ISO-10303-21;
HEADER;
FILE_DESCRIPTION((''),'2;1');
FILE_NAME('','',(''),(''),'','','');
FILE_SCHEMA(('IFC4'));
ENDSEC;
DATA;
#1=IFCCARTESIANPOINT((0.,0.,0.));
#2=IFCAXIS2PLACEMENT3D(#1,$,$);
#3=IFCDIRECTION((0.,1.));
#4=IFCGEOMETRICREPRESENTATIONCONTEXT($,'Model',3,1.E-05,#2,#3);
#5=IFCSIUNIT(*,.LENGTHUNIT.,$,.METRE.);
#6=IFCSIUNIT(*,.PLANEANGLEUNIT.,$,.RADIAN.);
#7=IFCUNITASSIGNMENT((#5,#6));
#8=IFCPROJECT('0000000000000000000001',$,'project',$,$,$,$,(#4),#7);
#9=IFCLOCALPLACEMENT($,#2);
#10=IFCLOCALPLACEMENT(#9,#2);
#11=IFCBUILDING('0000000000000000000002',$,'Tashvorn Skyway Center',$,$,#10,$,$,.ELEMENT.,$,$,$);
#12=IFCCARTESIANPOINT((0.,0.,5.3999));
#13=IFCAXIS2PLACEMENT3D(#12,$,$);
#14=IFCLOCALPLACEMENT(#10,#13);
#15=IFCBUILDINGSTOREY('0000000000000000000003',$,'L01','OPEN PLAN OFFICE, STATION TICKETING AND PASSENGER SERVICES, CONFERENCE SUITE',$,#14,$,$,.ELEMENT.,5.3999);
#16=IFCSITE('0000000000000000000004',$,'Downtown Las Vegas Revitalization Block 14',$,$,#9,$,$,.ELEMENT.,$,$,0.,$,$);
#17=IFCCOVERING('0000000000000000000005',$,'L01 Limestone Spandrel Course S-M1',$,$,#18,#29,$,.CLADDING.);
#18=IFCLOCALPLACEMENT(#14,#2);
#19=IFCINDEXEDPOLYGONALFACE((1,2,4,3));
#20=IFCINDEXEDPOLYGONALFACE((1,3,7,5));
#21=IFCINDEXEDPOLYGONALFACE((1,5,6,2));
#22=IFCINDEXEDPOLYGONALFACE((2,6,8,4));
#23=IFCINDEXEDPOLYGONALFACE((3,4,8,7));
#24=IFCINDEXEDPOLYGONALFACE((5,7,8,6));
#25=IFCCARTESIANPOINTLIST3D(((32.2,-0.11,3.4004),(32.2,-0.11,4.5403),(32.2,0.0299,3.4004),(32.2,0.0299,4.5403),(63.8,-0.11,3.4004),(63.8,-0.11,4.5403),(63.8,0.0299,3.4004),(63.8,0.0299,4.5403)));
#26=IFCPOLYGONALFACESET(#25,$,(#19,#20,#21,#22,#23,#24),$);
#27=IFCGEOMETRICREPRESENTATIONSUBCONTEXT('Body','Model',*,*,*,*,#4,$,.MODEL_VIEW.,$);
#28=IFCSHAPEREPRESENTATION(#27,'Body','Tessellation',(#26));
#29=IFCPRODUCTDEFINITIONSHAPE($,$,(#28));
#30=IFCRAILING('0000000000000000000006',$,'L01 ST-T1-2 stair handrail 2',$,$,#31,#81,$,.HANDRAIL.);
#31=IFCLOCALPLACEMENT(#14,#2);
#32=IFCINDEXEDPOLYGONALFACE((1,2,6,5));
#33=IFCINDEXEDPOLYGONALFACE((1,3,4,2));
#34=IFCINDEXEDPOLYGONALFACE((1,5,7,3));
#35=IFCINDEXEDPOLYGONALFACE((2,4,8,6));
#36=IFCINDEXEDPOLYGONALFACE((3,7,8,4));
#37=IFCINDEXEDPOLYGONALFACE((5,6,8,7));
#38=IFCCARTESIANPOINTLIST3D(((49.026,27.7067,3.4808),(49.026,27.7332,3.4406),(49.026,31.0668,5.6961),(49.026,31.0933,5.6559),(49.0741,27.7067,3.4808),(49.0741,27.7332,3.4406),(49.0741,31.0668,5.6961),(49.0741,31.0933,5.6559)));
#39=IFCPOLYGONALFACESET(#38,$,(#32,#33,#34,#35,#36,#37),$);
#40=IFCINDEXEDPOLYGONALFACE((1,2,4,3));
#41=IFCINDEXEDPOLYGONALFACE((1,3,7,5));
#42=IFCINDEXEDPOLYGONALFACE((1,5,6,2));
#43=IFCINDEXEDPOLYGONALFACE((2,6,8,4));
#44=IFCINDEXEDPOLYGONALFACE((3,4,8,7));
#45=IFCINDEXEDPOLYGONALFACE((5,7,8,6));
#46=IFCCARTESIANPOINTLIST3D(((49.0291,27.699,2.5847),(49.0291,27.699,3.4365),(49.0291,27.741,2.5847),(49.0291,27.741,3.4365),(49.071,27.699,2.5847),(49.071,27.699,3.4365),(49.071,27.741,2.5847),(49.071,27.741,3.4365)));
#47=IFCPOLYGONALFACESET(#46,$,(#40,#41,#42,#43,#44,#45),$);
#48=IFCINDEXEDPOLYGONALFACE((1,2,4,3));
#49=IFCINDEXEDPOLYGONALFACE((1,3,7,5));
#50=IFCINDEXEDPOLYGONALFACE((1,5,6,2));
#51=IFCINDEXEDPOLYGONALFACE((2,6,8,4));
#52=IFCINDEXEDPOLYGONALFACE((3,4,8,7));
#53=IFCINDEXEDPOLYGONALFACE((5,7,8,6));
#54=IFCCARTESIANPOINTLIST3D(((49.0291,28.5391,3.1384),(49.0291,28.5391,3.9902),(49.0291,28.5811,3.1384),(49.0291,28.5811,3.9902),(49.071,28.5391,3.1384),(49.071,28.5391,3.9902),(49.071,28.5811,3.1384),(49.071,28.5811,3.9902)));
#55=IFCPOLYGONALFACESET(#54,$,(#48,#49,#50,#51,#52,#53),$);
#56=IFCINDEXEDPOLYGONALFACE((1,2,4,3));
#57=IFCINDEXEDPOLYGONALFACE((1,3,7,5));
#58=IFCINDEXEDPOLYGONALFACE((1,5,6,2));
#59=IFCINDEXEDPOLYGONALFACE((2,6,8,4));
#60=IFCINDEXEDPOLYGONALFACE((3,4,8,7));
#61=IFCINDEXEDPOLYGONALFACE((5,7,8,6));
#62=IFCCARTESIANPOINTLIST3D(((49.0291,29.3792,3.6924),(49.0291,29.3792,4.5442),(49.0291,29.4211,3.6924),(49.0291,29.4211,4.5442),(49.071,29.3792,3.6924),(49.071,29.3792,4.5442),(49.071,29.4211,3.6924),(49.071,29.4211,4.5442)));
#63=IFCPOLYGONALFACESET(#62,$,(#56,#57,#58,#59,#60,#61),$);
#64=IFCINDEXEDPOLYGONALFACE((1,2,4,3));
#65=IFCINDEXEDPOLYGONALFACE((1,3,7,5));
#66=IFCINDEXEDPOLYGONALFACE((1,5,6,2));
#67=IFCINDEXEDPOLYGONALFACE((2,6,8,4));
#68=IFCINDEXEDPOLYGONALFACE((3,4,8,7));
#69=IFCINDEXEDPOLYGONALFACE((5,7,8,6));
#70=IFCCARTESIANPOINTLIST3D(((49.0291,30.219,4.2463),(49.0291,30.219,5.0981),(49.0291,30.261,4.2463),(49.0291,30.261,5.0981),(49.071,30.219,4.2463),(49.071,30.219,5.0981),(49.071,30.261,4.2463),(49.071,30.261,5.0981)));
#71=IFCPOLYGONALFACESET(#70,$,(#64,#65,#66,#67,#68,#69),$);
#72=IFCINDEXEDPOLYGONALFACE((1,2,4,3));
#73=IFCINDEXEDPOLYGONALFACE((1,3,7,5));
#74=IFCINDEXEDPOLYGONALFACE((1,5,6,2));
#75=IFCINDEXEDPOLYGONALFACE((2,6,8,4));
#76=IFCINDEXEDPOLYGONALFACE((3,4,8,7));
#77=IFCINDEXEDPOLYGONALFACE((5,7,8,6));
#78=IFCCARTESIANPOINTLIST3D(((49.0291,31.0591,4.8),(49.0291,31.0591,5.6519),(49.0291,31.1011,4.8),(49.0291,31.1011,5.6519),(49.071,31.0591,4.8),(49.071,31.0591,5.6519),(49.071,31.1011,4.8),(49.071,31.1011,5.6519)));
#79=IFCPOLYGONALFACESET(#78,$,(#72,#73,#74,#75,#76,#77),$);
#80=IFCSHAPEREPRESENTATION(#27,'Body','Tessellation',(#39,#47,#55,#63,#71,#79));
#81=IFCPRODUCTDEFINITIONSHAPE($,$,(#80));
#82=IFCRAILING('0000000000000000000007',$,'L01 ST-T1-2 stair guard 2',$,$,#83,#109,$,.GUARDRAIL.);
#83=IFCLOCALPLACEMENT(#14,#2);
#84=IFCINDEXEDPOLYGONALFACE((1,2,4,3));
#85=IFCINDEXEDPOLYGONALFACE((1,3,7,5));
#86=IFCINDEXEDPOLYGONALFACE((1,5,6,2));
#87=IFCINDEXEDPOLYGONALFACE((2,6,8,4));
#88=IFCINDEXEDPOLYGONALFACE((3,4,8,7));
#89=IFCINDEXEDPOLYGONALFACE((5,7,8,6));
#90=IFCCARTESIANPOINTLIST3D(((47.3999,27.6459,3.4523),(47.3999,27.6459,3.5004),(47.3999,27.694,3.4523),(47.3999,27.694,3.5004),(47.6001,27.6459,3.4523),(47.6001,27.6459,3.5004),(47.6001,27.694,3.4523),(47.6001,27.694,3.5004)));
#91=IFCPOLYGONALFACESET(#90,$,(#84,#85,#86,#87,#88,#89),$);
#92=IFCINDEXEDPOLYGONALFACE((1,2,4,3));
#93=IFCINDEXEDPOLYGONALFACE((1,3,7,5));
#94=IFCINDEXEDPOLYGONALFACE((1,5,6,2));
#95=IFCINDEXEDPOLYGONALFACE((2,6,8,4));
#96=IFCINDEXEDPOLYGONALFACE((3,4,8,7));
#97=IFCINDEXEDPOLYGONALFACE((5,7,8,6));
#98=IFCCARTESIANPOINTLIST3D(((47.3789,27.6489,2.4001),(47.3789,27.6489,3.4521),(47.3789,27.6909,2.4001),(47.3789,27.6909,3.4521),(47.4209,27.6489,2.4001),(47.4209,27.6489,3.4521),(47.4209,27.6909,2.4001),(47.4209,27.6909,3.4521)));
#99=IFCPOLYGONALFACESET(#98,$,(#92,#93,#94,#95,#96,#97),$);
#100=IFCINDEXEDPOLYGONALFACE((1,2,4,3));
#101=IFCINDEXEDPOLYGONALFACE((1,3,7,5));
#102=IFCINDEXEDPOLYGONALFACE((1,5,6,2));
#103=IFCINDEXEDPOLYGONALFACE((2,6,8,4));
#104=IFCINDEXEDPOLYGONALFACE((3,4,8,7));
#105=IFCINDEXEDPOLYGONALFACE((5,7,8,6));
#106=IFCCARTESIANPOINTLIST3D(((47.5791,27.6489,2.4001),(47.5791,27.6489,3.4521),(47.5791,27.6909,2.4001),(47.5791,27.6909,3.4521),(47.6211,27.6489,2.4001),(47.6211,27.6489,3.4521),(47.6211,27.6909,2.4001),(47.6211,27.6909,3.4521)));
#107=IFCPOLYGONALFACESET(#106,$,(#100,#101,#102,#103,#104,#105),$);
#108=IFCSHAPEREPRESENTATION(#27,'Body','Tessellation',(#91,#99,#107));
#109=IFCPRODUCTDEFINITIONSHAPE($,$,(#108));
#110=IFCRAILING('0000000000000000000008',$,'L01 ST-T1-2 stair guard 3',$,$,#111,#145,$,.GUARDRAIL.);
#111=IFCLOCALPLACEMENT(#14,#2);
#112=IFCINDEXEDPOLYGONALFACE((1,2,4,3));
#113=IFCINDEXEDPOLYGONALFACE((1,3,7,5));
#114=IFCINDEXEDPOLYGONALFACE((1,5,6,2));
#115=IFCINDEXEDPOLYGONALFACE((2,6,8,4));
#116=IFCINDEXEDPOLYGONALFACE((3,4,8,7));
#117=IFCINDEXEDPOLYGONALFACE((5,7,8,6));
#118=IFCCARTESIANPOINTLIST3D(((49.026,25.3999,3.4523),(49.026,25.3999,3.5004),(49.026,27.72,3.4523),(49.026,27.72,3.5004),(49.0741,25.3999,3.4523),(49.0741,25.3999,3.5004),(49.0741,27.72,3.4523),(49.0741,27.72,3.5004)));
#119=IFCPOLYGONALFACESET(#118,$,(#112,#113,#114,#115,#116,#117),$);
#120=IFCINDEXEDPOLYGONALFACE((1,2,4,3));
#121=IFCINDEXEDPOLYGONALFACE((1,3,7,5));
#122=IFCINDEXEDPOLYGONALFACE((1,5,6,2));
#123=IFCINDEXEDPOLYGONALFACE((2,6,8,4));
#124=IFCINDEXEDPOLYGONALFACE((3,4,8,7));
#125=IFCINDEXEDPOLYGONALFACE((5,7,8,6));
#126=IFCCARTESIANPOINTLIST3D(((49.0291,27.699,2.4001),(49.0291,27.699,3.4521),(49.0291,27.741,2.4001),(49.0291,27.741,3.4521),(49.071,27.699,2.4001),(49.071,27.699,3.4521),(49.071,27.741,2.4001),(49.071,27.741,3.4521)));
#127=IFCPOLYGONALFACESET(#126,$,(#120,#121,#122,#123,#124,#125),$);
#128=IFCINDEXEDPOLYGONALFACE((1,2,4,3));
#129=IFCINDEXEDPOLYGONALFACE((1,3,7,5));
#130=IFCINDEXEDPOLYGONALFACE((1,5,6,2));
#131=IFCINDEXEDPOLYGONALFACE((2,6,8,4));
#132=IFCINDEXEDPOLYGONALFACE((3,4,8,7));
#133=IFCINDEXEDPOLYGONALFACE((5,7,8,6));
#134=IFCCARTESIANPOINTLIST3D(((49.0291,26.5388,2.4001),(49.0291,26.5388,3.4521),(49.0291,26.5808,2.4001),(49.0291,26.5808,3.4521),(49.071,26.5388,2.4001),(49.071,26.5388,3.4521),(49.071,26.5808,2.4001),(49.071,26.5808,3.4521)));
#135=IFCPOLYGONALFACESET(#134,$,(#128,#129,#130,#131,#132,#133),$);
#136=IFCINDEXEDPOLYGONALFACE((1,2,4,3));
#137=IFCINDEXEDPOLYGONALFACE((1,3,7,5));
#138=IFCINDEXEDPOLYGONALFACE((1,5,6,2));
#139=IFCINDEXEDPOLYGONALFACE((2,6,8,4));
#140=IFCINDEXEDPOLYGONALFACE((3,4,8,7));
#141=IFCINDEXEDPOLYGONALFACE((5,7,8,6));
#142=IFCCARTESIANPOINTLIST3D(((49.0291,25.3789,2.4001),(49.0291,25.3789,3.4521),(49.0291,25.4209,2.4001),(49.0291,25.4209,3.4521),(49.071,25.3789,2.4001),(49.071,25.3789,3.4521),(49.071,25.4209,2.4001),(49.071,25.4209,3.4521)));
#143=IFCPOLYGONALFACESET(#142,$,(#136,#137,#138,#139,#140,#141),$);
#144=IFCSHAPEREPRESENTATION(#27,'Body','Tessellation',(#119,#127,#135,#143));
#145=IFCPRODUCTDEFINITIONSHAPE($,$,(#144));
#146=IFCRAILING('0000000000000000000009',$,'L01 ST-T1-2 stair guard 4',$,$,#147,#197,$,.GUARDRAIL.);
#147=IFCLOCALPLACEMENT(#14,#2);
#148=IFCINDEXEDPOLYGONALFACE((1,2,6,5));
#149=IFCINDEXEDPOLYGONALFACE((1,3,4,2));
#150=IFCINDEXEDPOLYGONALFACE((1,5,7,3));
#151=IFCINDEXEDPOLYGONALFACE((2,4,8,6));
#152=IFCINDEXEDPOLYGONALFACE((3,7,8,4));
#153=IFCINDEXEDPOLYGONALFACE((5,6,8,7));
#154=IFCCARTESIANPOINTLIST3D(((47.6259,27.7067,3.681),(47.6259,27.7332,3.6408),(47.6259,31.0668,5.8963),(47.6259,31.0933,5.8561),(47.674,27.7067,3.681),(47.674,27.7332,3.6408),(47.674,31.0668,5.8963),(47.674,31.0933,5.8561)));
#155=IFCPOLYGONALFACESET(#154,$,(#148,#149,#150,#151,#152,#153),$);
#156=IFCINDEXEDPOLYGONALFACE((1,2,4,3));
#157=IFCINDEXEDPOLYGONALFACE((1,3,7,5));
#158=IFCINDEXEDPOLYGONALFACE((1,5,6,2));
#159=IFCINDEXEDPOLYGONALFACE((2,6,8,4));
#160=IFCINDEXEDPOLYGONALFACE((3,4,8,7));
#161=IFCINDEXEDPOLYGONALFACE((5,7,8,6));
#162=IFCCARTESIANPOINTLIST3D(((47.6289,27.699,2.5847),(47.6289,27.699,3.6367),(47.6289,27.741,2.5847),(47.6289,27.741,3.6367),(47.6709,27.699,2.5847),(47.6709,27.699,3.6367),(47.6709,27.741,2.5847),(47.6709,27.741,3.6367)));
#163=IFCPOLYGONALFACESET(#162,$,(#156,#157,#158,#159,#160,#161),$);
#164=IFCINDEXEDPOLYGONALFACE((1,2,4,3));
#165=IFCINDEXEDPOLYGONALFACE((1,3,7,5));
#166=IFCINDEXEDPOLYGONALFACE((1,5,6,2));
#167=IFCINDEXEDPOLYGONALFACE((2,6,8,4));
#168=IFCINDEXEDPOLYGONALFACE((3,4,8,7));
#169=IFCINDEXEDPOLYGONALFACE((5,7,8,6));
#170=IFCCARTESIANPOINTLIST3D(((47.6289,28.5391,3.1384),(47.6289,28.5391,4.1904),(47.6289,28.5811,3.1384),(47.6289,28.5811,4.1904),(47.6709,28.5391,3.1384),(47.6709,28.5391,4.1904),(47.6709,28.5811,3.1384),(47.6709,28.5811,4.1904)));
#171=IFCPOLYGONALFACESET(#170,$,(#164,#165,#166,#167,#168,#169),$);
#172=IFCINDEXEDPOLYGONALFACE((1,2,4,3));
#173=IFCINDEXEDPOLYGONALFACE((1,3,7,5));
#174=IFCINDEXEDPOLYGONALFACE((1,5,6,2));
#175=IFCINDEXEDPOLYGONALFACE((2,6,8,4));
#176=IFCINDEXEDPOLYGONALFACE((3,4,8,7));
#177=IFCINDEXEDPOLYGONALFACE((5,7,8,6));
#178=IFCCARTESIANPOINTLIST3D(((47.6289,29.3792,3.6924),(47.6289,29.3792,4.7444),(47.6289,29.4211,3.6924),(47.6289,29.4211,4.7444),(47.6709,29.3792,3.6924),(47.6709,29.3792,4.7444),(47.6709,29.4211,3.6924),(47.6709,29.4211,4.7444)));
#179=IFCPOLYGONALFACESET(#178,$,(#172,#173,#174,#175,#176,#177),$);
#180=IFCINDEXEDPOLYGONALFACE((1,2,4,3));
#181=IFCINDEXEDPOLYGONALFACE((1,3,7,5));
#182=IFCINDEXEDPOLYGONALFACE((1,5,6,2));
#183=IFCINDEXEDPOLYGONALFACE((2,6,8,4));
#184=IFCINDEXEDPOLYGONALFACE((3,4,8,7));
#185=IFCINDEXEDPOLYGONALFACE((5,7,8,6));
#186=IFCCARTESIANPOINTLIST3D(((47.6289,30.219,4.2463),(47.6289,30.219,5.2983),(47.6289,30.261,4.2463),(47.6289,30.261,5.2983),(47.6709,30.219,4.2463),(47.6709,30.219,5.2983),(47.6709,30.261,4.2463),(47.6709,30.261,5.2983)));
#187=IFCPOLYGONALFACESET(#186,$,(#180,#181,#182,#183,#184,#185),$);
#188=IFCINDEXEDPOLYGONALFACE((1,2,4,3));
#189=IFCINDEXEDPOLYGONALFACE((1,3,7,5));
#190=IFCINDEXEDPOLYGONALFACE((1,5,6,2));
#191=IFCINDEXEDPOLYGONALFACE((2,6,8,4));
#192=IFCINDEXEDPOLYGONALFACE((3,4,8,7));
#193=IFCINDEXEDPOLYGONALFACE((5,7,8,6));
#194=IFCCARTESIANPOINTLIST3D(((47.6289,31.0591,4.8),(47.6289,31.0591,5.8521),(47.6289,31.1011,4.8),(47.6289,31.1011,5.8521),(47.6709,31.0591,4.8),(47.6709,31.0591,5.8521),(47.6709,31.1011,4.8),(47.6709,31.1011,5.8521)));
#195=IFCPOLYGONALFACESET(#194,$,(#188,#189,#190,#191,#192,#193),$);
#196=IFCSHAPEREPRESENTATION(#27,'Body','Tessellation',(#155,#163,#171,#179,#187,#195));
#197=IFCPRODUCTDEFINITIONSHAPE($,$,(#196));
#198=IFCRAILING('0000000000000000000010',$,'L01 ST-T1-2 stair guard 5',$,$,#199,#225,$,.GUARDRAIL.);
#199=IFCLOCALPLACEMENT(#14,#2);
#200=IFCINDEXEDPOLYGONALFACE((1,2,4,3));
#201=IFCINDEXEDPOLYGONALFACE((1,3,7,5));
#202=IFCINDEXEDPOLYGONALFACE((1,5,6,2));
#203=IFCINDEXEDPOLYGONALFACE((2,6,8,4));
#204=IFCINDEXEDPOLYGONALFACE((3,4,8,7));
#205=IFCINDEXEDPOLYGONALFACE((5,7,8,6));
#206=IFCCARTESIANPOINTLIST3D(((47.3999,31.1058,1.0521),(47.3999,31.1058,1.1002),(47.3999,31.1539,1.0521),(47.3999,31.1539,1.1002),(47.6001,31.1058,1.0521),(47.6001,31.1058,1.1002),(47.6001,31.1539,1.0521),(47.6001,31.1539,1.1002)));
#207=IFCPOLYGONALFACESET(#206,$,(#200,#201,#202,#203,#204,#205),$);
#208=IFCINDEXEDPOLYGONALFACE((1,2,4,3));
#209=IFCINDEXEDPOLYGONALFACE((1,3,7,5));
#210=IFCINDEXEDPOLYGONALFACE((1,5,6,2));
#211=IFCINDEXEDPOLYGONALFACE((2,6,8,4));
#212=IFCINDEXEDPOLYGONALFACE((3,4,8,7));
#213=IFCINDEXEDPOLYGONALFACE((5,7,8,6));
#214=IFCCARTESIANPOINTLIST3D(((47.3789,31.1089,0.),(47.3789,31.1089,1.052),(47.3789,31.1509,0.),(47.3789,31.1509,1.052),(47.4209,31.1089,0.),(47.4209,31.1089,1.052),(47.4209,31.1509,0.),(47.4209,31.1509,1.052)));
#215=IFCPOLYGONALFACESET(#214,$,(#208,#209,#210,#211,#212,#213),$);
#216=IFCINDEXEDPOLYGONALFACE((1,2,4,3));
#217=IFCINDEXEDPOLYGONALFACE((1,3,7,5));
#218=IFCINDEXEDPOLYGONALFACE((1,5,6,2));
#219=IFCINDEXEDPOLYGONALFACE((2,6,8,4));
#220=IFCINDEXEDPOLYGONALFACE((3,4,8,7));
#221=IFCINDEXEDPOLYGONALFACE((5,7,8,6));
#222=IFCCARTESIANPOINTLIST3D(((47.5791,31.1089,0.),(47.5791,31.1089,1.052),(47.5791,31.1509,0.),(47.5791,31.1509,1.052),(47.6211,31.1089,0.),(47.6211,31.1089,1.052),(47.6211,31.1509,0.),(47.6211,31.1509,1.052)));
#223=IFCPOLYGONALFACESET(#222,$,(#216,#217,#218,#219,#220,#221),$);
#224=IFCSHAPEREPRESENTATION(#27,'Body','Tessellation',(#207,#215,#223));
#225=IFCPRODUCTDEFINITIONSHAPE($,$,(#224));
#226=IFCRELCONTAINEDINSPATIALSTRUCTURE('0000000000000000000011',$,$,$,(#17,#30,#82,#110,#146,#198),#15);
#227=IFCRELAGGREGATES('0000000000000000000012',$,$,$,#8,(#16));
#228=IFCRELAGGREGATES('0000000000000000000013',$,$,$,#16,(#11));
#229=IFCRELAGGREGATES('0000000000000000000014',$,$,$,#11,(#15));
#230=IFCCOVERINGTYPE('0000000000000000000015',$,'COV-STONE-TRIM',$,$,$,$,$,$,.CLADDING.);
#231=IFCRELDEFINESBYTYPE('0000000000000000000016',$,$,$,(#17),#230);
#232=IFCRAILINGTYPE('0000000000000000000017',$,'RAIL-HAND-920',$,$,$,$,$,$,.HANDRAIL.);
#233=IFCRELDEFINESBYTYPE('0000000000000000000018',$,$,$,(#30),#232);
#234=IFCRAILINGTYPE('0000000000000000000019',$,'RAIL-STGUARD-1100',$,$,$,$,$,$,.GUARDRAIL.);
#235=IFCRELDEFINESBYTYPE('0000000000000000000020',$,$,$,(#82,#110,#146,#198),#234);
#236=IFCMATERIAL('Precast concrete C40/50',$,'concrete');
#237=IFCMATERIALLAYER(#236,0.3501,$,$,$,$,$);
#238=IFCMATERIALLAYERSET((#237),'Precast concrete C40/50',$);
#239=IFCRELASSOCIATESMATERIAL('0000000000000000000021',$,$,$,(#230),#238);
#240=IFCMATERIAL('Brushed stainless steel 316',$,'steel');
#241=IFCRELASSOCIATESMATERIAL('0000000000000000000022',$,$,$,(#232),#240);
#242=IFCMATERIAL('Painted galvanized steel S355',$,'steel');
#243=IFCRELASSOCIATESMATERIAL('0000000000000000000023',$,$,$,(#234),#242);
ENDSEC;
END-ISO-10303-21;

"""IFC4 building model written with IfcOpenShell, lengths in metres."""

from ifc_helpers import new_model, si_unit, direction, frame, origin, origin_2d, place, context, subcontext, project, spatial, rectangle, extrude, material, layer, layer_set, type_object, element, save


model = new_model("IFC4")

# Units and contexts
model_context = context("Model", 3, precision=1e-05, world=origin(), true_north=direction((0.0, 1.0)))
body_context = subcontext(model_context, "Body", "Model", "MODEL_VIEW")
ifc_project = project(units=[si_unit("LENGTHUNIT", "METRE"), si_unit("PLANEANGLEUNIT", "RADIAN")], contexts=[model_context])

# Site, building, storey
site_placement = place(None, origin())
site = spatial("IfcSite", under=ifc_project, at=site_placement, Name="Downtown Las Vegas Revitalization Block 14", CompositionType="ELEMENT", RefElevation=0.0)
building_placement = place(site_placement, origin())
building = spatial("IfcBuilding", under=site, at=building_placement, Name="Tashvorn Skyway Center", CompositionType="ELEMENT")
storey_placement = place(building_placement, frame((0.0, 0.0, 5.3999)))
storey = spatial("IfcBuildingStorey", under=building, at=storey_placement, Name="L01", Description="OPEN PLAN OFFICE, STATION TICKETING AND PASSENGER SERVICES, CONFERENCE SUITE", CompositionType="ELEMENT", Elevation=5.3999)

# Shared definitions
ifc_material_1 = material(Name="Precast concrete C40/50", Category="concrete")

# Covering
ifc_layer_1 = layer(ifc_material_1, 0.3501)
ifc_layer_set_1 = layer_set([ifc_layer_1], Name="Precast concrete C40/50")
covering_type = type_object("IfcCoveringType", Name="COV-STONE-TRIM", PredefinedType="CLADDING", material=ifc_layer_set_1)
covering_1_placement = place(storey_placement, frame((48.0, -0.04, 3.4004), z_axis=(0.0, 0.0, 1.0), x_axis=(1.0, 0.0, 0.0)))
element("IfcCovering", 1, at=covering_1_placement, inside=storey, type_object=covering_type, Name="L01 Limestone Spandrel Course S-M1", PredefinedType="CLADDING", context=body_context, shape_type="SweptSolid", body=[
    extrude(rectangle(XDim=31.6001, YDim=0.1399, at=origin_2d()), origin(), (0.0, 0.0, 1.0), 1.1399),
])

# Railings
ifc_material_2 = material(Name="Brushed stainless steel 316", Category="steel")
railing_type_1 = type_object("IfcRailingType", Name="RAIL-HAND-920", PredefinedType="HANDRAIL", material=ifc_material_2)
railing_1_placement = place(storey_placement, frame((49.05, 27.72, 2.5847)))
element("IfcRailing", 2, at=railing_1_placement, inside=storey, type_object=railing_type_1, Name="L01 ST-T1-2 stair handrail 2", PredefinedType="HANDRAIL", context=body_context, shape_type="SweptSolid", body=[
    extrude(rectangle(XDim=0.0481, YDim=0.0481, at=origin_2d()), frame((0.0, 0.0, 0.876), z_axis=(0.0, 0.834876, 0.550437), x_axis=(-1.0, 0.0, 0.0)), (0.0, 0.0, 1.0), 4.0247),
    extrude(rectangle(XDim=0.042, YDim=0.042, at=origin_2d()), origin(), (0.0, 0.0, 1.0), 0.8518),
    extrude(rectangle(XDim=0.042, YDim=0.042, at=origin_2d()), frame((0.0, 0.8401, 0.5537)), (0.0, 0.0, 1.0), 0.8518),
    extrude(rectangle(XDim=0.042, YDim=0.042, at=origin_2d()), frame((0.0, 1.6802, 1.1077)), (0.0, 0.0, 1.0), 0.8518),
    extrude(rectangle(XDim=0.042, YDim=0.042, at=origin_2d()), frame((0.0, 2.52, 1.6616)), (0.0, 0.0, 1.0), 0.8518),
    extrude(rectangle(XDim=0.042, YDim=0.042, at=origin_2d()), frame((0.0, 3.3601, 2.2153)), (0.0, 0.0, 1.0), 0.8518),
])
ifc_material_3 = material(Name="Painted galvanized steel S355", Category="steel")
railing_type_2 = type_object("IfcRailingType", Name="RAIL-STGUARD-1100", PredefinedType="GUARDRAIL", material=ifc_material_3)
railing_2_placement = place(storey_placement, frame((47.3999, 27.6699, 2.4001)))
element("IfcRailing", 3, at=railing_2_placement, inside=storey, type_object=railing_type_2, Name="L01 ST-T1-2 stair guard 2", PredefinedType="GUARDRAIL", context=body_context, shape_type="SweptSolid", body=[
    extrude(rectangle(XDim=0.0481, YDim=0.0481, at=origin_2d()), frame((0.0, 0.0, 1.0762), z_axis=(1.0, 0.0, 0.0), x_axis=(0.0, 1.0, 0.0)), (0.0, 0.0, 1.0), 0.2002),
    extrude(rectangle(XDim=0.042, YDim=0.042, at=origin_2d()), origin(), (0.0, 0.0, 1.0), 1.052),
    extrude(rectangle(XDim=0.042, YDim=0.042, at=origin_2d()), frame((0.2002, 0.0, 0.0)), (0.0, 0.0, 1.0), 1.052),
])
railing_3_placement = place(storey_placement, frame((49.05, 27.72, 2.4001)))
element("IfcRailing", 4, at=railing_3_placement, inside=storey, type_object=railing_type_2, Name="L01 ST-T1-2 stair guard 3", PredefinedType="GUARDRAIL", context=body_context, shape_type="SweptSolid", body=[
    extrude(rectangle(XDim=0.0481, YDim=0.0481, at=origin_2d()), frame((0.0, 0.0, 1.0762), z_axis=(0.0, -1.0, 0.0), x_axis=(1.0, 0.0, 0.0)), (0.0, 0.0, 1.0), 2.3201),
    extrude(rectangle(XDim=0.042, YDim=0.042, at=origin_2d()), origin(), (0.0, 0.0, 1.0), 1.052),
    extrude(rectangle(XDim=0.042, YDim=0.042, at=origin_2d()), frame((0.0, -1.1602, 0.0)), (0.0, 0.0, 1.0), 1.052),
    extrude(rectangle(XDim=0.042, YDim=0.042, at=origin_2d()), frame((0.0, -2.3201, 0.0)), (0.0, 0.0, 1.0), 1.052),
])
railing_4_placement = place(storey_placement, frame((47.6499, 27.72, 2.5847)))
element("IfcRailing", 5, at=railing_4_placement, inside=storey, type_object=railing_type_2, Name="L01 ST-T1-2 stair guard 4", PredefinedType="GUARDRAIL", context=body_context, shape_type="SweptSolid", body=[
    extrude(rectangle(XDim=0.0481, YDim=0.0481, at=origin_2d()), frame((0.0, 0.0, 1.0762), z_axis=(0.0, 0.834876, 0.550437), x_axis=(-1.0, 0.0, 0.0)), (0.0, 0.0, 1.0), 4.0247),
    extrude(rectangle(XDim=0.042, YDim=0.042, at=origin_2d()), origin(), (0.0, 0.0, 1.0), 1.052),
    extrude(rectangle(XDim=0.042, YDim=0.042, at=origin_2d()), frame((0.0, 0.8401, 0.5537)), (0.0, 0.0, 1.0), 1.052),
    extrude(rectangle(XDim=0.042, YDim=0.042, at=origin_2d()), frame((0.0, 1.6802, 1.1077)), (0.0, 0.0, 1.0), 1.052),
    extrude(rectangle(XDim=0.042, YDim=0.042, at=origin_2d()), frame((0.0, 2.52, 1.6616)), (0.0, 0.0, 1.0), 1.052),
    extrude(rectangle(XDim=0.042, YDim=0.042, at=origin_2d()), frame((0.0, 3.3601, 2.2153)), (0.0, 0.0, 1.0), 1.052),
])
railing_5_placement = place(storey_placement, frame((47.3999, 31.1299, 0.0)))
element("IfcRailing", 6, at=railing_5_placement, inside=storey, type_object=railing_type_2, Name="L01 ST-T1-2 stair guard 5", PredefinedType="GUARDRAIL", context=body_context, shape_type="SweptSolid", body=[
    extrude(rectangle(XDim=0.0481, YDim=0.0481, at=origin_2d()), frame((0.0, 0.0, 1.0762), z_axis=(1.0, 0.0, 0.0), x_axis=(0.0, 1.0, 0.0)), (0.0, 0.0, 1.0), 0.2002),
    extrude(rectangle(XDim=0.042, YDim=0.042, at=origin_2d()), origin(), (0.0, 0.0, 1.0), 1.052),
    extrude(rectangle(XDim=0.042, YDim=0.042, at=origin_2d()), frame((0.2002, 0.0, 0.0)), (0.0, 0.0, 1.0), 1.052),
])

save(model, "model.ifc")
